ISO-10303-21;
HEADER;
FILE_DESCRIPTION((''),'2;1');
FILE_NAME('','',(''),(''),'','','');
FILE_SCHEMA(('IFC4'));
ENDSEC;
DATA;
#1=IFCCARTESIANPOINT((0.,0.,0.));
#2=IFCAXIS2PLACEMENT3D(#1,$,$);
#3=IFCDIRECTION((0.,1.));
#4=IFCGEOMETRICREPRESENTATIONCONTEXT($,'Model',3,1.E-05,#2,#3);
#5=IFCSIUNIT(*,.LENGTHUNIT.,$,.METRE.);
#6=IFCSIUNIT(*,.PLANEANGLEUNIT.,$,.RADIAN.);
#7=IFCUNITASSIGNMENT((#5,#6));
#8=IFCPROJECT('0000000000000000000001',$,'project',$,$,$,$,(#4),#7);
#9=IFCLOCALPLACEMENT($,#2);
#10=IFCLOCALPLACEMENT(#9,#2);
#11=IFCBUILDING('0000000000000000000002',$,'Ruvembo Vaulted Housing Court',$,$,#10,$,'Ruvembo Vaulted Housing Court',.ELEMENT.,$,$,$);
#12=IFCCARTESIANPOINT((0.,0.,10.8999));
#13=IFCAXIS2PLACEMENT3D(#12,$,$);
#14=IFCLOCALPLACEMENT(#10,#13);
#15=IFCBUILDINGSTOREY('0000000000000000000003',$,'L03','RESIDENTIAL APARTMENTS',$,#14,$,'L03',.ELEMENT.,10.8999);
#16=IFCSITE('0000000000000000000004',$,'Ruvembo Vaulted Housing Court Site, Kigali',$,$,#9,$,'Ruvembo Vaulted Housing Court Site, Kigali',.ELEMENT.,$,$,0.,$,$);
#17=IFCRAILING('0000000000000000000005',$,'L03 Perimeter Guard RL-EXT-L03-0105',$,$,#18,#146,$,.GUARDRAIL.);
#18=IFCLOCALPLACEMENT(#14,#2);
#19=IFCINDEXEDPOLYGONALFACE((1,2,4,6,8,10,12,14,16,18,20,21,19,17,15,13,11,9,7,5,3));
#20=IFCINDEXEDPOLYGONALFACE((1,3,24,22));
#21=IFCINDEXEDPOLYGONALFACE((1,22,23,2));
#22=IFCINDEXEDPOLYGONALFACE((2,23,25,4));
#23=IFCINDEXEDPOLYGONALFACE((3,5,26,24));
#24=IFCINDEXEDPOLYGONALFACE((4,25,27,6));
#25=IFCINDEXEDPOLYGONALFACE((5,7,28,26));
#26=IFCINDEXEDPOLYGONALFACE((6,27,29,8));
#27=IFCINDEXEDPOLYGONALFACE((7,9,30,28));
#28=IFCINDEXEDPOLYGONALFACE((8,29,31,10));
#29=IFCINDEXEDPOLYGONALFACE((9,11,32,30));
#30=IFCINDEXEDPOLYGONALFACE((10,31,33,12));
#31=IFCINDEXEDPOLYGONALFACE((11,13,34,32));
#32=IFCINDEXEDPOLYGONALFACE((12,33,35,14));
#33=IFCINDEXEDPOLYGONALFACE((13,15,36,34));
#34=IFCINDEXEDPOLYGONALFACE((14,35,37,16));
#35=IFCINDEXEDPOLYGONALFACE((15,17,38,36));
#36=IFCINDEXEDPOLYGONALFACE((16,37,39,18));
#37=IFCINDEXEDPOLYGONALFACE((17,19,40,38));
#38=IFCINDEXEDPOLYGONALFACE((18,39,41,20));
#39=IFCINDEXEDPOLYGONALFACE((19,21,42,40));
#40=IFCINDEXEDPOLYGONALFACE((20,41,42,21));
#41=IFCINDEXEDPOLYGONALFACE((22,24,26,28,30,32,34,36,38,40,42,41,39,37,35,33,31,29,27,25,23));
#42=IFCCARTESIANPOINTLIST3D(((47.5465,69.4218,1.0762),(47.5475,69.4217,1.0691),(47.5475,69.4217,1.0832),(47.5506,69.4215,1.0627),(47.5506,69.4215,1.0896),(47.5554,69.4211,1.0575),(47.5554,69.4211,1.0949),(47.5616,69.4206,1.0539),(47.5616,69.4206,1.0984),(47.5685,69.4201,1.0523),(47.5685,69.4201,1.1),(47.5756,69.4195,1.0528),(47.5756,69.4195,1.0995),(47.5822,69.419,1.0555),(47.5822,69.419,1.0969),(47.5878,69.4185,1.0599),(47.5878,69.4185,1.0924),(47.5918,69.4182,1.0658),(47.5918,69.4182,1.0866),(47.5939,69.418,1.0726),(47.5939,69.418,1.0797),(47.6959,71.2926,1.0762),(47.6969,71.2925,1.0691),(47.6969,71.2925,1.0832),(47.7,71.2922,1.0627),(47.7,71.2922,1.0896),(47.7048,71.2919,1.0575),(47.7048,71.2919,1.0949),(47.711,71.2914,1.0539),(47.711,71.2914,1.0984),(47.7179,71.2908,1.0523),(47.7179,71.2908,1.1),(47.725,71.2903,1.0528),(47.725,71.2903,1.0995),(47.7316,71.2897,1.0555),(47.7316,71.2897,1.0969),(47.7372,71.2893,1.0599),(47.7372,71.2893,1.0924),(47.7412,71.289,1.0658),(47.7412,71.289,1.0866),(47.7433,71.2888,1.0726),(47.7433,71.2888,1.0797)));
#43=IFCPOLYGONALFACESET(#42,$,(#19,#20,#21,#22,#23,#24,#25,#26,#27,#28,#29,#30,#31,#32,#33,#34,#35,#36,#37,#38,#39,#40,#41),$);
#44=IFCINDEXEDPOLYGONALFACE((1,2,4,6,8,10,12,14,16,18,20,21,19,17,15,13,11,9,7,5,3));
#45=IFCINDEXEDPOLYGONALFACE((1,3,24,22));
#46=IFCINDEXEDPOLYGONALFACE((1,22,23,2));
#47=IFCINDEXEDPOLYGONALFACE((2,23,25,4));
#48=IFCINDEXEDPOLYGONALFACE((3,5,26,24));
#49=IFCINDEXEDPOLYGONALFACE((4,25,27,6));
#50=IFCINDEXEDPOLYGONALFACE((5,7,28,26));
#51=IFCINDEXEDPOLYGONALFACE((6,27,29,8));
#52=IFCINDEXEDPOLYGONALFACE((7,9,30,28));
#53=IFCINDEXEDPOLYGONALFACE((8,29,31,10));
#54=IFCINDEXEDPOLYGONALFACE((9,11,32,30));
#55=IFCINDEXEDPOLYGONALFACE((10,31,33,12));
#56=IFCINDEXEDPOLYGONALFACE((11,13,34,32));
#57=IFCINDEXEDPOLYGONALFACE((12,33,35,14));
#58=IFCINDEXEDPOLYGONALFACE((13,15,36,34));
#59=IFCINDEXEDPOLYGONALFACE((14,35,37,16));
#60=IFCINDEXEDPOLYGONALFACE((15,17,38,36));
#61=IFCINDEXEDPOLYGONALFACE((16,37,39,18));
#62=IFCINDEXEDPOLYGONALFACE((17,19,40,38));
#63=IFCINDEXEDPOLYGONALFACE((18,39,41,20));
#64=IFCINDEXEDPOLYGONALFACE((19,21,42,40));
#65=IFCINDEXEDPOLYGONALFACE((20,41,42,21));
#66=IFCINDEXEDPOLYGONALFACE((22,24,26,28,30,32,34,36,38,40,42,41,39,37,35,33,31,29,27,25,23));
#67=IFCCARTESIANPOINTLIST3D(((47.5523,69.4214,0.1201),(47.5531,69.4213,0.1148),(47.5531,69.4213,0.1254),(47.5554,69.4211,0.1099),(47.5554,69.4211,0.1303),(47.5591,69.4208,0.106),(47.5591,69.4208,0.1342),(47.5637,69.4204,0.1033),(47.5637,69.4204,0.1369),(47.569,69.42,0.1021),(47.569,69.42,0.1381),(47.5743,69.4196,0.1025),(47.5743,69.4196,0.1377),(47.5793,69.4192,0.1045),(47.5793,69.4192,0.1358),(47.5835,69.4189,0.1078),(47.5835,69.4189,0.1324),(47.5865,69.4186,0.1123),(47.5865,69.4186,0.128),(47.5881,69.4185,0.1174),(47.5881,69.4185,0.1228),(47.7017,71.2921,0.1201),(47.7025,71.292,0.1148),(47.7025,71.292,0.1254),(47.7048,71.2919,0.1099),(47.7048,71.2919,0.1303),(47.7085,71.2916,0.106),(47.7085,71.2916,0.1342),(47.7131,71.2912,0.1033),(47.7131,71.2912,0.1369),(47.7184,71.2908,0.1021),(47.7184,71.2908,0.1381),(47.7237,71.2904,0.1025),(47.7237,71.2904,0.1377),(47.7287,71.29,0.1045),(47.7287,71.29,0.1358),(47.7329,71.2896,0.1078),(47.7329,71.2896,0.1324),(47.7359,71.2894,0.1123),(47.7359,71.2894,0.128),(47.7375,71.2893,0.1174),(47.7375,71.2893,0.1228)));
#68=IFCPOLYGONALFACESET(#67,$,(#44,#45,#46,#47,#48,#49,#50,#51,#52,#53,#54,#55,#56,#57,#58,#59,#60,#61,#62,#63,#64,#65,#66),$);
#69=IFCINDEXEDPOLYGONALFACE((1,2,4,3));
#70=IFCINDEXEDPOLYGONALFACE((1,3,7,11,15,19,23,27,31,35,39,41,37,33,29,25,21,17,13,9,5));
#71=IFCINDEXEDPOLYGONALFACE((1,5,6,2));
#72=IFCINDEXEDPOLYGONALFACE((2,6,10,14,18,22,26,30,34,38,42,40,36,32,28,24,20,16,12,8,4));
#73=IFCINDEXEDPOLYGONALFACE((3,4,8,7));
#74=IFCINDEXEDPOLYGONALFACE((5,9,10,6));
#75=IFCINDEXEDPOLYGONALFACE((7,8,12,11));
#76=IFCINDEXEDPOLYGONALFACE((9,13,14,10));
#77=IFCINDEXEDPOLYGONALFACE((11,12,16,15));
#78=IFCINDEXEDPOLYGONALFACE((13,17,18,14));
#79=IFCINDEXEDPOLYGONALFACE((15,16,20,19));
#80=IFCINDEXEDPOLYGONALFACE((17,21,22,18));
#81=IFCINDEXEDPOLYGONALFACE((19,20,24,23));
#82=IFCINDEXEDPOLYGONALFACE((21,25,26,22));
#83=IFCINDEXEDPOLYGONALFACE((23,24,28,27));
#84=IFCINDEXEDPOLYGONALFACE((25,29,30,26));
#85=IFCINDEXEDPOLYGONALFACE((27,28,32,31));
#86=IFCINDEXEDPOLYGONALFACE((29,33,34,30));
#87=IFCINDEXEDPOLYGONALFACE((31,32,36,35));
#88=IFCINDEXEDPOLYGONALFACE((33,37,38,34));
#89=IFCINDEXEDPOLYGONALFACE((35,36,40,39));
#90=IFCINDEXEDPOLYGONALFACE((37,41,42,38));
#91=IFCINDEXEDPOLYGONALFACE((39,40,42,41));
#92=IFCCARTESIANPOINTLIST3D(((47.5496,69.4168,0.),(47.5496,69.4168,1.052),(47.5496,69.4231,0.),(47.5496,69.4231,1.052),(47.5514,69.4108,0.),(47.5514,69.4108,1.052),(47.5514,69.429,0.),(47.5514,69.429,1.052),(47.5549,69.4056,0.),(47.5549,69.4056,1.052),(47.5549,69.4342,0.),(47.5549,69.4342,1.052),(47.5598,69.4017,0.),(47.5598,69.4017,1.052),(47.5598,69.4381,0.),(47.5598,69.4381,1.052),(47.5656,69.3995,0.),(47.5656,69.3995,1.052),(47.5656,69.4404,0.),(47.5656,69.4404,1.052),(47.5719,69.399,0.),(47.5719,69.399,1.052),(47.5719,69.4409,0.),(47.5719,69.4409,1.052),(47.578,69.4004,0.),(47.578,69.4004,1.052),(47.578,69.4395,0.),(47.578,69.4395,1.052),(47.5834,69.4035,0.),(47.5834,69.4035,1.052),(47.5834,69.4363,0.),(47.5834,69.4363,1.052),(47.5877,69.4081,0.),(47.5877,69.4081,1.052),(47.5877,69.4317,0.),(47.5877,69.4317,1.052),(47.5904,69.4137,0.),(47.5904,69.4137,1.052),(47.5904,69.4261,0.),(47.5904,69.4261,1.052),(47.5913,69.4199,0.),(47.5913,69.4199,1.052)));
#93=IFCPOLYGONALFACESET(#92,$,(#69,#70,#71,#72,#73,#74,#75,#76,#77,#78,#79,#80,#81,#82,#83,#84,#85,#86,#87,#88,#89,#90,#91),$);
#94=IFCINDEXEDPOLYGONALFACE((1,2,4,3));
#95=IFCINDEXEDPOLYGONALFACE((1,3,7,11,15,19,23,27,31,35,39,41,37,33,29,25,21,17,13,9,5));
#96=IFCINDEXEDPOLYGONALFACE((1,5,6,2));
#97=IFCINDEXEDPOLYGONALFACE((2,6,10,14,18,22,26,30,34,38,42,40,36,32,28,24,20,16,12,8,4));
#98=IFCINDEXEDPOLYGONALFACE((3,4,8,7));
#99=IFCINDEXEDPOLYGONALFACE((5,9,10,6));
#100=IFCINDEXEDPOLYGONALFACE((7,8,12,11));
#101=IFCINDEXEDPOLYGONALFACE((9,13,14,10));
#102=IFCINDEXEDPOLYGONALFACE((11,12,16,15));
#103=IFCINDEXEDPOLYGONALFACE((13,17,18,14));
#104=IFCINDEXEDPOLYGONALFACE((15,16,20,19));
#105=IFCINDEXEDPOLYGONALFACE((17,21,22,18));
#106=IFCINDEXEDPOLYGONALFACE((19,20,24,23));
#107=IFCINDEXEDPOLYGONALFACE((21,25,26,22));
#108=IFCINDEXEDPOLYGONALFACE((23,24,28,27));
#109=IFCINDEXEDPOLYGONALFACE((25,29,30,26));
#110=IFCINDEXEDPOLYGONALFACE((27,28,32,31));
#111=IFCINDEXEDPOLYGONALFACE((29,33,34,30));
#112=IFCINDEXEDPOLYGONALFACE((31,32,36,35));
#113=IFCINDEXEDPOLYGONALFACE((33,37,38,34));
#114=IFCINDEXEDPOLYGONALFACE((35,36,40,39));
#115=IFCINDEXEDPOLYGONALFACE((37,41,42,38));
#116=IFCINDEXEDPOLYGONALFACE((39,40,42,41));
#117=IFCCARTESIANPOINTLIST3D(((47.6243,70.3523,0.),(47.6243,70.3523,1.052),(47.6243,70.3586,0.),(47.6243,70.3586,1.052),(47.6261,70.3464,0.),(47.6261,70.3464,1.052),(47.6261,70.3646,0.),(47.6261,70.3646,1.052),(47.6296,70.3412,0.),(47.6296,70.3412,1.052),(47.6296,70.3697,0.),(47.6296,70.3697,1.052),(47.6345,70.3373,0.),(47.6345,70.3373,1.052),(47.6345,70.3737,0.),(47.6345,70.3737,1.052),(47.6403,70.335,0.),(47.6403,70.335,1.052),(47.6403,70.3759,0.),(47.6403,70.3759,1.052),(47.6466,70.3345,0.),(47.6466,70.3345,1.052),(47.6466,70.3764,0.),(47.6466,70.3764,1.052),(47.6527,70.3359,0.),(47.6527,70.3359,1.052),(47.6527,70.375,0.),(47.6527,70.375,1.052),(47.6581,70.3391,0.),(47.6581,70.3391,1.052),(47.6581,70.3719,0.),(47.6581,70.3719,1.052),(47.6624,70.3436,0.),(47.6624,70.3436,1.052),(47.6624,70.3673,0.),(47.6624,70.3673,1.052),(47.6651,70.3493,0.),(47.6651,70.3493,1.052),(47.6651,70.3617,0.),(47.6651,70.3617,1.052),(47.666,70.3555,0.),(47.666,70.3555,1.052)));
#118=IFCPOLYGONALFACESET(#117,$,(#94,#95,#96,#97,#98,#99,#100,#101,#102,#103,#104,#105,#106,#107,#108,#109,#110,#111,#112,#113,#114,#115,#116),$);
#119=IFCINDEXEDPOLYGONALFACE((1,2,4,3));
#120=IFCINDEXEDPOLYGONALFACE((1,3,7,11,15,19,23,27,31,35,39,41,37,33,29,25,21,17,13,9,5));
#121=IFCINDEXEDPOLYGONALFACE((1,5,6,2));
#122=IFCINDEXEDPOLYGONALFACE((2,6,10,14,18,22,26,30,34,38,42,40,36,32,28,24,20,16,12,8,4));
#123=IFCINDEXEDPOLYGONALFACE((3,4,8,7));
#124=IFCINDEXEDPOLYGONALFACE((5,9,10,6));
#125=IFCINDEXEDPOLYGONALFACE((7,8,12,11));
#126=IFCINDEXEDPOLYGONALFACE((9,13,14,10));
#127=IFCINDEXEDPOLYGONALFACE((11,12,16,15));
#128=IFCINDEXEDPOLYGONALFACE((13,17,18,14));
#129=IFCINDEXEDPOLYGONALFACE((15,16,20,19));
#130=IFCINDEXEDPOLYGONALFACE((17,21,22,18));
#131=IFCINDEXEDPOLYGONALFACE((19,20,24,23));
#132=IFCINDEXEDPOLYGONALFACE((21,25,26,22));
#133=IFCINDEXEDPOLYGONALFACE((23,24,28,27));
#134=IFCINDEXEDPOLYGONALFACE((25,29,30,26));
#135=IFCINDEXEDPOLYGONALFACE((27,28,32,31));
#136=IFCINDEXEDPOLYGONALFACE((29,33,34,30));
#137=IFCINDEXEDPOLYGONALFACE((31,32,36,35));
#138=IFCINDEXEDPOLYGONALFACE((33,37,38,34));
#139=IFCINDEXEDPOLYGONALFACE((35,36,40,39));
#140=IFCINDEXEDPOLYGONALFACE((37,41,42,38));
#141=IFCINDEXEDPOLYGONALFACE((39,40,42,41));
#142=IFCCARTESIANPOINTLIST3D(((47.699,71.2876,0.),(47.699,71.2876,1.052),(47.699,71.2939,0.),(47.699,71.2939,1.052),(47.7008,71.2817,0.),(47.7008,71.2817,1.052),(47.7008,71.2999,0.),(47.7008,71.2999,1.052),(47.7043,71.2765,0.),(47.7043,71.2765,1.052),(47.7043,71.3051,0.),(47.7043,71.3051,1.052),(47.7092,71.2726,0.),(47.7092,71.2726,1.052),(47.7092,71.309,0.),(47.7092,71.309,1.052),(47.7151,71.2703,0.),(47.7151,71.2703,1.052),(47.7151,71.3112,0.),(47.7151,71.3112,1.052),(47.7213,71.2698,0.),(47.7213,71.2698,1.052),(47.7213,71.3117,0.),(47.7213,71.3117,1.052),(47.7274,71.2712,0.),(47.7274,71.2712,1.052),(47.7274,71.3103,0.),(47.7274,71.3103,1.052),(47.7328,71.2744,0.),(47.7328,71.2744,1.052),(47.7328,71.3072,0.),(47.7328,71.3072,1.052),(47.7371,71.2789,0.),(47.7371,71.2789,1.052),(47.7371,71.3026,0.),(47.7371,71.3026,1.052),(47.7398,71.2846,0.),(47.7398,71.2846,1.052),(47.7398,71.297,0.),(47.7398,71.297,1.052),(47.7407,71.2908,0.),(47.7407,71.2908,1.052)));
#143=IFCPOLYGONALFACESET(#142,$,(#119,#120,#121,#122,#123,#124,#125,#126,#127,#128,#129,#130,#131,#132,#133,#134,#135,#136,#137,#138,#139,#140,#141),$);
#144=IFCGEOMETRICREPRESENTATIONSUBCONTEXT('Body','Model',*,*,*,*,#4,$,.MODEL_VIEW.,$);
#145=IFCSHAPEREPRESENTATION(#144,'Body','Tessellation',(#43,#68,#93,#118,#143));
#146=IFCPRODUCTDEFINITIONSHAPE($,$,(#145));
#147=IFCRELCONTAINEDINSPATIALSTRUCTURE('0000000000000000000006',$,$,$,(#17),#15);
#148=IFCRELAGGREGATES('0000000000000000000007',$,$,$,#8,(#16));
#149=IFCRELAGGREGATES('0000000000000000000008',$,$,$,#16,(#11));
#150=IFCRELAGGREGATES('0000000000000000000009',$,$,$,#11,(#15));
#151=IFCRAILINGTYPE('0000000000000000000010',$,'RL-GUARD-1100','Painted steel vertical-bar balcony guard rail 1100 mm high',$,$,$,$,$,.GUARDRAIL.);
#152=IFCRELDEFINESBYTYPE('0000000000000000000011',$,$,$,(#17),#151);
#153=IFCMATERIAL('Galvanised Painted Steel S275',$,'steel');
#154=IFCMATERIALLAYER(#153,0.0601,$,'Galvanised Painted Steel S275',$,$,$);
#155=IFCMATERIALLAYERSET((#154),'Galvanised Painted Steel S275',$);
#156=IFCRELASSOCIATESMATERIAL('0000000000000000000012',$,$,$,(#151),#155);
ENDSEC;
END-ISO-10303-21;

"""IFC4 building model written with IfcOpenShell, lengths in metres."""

from ifc_helpers import new_model, si_unit, direction, frame, origin, origin_2d, place, context, subcontext, project, spatial, circle, extrude, material, layer, layer_set, type_object, element, save


model = new_model("IFC4")

# Units and contexts
model_context = context("Model", 3, precision=1e-05, world=origin(), true_north=direction((0.0, 1.0)))
body_context = subcontext(model_context, "Body", "Model", "MODEL_VIEW")
ifc_project = project(units=[si_unit("LENGTHUNIT", "METRE"), si_unit("PLANEANGLEUNIT", "RADIAN")], contexts=[model_context])

# Site, building, storey
site_placement = place(None, origin())
site = spatial("IfcSite", under=ifc_project, at=site_placement, Name="Ruvembo Vaulted Housing Court Site, Kigali", LongName="Ruvembo Vaulted Housing Court Site, Kigali", CompositionType="ELEMENT", RefElevation=0.0)
building_placement = place(site_placement, origin())
building = spatial("IfcBuilding", under=site, at=building_placement, Name="Ruvembo Vaulted Housing Court", LongName="Ruvembo Vaulted Housing Court", CompositionType="ELEMENT")
storey_placement = place(building_placement, frame((0.0, 0.0, 10.8999)))
storey = spatial("IfcBuildingStorey", under=building, at=storey_placement, Name="L03", Description="RESIDENTIAL APARTMENTS", LongName="L03", CompositionType="ELEMENT", Elevation=10.8999)

# Railing
ifc_material_1 = material(Name="Galvanised Painted Steel S275", Category="steel")
ifc_layer = layer(ifc_material_1, 0.0601, Name="Galvanised Painted Steel S275")
ifc_layer_set = layer_set([ifc_layer], Name="Galvanised Painted Steel S275")
railing_type = type_object("IfcRailingType", Name="RL-GUARD-1100", Description="Painted steel vertical-bar balcony guard rail 1100 mm high", PredefinedType="GUARDRAIL", material=ifc_layer_set)
railing_1_placement = place(storey_placement, frame((47.5703, 69.4199, 0.0)))
element("IfcRailing", 1, at=railing_1_placement, inside=storey, type_object=railing_type, Name="L03 Perimeter Guard RL-EXT-L03-0105", PredefinedType="GUARDRAIL", context=body_context, shape_type="SweptSolid", body=[
    extrude(circle(Radius=0.0239, at=origin_2d()), frame((0.0, 0.0, 1.0762), z_axis=(0.079611, 0.996826, 0.0), x_axis=(-0.996826, 0.079611, 0.0)), (0.0, 0.0, 1.0), 1.8767),
    extrude(circle(Radius=0.0181, at=origin_2d()), frame((0.0, 0.0, 0.1201), z_axis=(0.079611, 0.996826, 0.0), x_axis=(-0.996826, 0.079611, 0.0)), (0.0, 0.0, 1.0), 1.8767),
    extrude(circle(Radius=0.021, at=origin_2d()), origin(), (0.0, 0.0, 1.0), 1.052),
    extrude(circle(Radius=0.021, at=origin_2d()), frame((0.0747, 0.9355, 0.0)), (0.0, 0.0, 1.0), 1.052),
    extrude(circle(Radius=0.021, at=origin_2d()), frame((0.1494, 1.8708, 0.0)), (0.0, 0.0, 1.0), 1.052),
])

save(model, "model.ifc")
